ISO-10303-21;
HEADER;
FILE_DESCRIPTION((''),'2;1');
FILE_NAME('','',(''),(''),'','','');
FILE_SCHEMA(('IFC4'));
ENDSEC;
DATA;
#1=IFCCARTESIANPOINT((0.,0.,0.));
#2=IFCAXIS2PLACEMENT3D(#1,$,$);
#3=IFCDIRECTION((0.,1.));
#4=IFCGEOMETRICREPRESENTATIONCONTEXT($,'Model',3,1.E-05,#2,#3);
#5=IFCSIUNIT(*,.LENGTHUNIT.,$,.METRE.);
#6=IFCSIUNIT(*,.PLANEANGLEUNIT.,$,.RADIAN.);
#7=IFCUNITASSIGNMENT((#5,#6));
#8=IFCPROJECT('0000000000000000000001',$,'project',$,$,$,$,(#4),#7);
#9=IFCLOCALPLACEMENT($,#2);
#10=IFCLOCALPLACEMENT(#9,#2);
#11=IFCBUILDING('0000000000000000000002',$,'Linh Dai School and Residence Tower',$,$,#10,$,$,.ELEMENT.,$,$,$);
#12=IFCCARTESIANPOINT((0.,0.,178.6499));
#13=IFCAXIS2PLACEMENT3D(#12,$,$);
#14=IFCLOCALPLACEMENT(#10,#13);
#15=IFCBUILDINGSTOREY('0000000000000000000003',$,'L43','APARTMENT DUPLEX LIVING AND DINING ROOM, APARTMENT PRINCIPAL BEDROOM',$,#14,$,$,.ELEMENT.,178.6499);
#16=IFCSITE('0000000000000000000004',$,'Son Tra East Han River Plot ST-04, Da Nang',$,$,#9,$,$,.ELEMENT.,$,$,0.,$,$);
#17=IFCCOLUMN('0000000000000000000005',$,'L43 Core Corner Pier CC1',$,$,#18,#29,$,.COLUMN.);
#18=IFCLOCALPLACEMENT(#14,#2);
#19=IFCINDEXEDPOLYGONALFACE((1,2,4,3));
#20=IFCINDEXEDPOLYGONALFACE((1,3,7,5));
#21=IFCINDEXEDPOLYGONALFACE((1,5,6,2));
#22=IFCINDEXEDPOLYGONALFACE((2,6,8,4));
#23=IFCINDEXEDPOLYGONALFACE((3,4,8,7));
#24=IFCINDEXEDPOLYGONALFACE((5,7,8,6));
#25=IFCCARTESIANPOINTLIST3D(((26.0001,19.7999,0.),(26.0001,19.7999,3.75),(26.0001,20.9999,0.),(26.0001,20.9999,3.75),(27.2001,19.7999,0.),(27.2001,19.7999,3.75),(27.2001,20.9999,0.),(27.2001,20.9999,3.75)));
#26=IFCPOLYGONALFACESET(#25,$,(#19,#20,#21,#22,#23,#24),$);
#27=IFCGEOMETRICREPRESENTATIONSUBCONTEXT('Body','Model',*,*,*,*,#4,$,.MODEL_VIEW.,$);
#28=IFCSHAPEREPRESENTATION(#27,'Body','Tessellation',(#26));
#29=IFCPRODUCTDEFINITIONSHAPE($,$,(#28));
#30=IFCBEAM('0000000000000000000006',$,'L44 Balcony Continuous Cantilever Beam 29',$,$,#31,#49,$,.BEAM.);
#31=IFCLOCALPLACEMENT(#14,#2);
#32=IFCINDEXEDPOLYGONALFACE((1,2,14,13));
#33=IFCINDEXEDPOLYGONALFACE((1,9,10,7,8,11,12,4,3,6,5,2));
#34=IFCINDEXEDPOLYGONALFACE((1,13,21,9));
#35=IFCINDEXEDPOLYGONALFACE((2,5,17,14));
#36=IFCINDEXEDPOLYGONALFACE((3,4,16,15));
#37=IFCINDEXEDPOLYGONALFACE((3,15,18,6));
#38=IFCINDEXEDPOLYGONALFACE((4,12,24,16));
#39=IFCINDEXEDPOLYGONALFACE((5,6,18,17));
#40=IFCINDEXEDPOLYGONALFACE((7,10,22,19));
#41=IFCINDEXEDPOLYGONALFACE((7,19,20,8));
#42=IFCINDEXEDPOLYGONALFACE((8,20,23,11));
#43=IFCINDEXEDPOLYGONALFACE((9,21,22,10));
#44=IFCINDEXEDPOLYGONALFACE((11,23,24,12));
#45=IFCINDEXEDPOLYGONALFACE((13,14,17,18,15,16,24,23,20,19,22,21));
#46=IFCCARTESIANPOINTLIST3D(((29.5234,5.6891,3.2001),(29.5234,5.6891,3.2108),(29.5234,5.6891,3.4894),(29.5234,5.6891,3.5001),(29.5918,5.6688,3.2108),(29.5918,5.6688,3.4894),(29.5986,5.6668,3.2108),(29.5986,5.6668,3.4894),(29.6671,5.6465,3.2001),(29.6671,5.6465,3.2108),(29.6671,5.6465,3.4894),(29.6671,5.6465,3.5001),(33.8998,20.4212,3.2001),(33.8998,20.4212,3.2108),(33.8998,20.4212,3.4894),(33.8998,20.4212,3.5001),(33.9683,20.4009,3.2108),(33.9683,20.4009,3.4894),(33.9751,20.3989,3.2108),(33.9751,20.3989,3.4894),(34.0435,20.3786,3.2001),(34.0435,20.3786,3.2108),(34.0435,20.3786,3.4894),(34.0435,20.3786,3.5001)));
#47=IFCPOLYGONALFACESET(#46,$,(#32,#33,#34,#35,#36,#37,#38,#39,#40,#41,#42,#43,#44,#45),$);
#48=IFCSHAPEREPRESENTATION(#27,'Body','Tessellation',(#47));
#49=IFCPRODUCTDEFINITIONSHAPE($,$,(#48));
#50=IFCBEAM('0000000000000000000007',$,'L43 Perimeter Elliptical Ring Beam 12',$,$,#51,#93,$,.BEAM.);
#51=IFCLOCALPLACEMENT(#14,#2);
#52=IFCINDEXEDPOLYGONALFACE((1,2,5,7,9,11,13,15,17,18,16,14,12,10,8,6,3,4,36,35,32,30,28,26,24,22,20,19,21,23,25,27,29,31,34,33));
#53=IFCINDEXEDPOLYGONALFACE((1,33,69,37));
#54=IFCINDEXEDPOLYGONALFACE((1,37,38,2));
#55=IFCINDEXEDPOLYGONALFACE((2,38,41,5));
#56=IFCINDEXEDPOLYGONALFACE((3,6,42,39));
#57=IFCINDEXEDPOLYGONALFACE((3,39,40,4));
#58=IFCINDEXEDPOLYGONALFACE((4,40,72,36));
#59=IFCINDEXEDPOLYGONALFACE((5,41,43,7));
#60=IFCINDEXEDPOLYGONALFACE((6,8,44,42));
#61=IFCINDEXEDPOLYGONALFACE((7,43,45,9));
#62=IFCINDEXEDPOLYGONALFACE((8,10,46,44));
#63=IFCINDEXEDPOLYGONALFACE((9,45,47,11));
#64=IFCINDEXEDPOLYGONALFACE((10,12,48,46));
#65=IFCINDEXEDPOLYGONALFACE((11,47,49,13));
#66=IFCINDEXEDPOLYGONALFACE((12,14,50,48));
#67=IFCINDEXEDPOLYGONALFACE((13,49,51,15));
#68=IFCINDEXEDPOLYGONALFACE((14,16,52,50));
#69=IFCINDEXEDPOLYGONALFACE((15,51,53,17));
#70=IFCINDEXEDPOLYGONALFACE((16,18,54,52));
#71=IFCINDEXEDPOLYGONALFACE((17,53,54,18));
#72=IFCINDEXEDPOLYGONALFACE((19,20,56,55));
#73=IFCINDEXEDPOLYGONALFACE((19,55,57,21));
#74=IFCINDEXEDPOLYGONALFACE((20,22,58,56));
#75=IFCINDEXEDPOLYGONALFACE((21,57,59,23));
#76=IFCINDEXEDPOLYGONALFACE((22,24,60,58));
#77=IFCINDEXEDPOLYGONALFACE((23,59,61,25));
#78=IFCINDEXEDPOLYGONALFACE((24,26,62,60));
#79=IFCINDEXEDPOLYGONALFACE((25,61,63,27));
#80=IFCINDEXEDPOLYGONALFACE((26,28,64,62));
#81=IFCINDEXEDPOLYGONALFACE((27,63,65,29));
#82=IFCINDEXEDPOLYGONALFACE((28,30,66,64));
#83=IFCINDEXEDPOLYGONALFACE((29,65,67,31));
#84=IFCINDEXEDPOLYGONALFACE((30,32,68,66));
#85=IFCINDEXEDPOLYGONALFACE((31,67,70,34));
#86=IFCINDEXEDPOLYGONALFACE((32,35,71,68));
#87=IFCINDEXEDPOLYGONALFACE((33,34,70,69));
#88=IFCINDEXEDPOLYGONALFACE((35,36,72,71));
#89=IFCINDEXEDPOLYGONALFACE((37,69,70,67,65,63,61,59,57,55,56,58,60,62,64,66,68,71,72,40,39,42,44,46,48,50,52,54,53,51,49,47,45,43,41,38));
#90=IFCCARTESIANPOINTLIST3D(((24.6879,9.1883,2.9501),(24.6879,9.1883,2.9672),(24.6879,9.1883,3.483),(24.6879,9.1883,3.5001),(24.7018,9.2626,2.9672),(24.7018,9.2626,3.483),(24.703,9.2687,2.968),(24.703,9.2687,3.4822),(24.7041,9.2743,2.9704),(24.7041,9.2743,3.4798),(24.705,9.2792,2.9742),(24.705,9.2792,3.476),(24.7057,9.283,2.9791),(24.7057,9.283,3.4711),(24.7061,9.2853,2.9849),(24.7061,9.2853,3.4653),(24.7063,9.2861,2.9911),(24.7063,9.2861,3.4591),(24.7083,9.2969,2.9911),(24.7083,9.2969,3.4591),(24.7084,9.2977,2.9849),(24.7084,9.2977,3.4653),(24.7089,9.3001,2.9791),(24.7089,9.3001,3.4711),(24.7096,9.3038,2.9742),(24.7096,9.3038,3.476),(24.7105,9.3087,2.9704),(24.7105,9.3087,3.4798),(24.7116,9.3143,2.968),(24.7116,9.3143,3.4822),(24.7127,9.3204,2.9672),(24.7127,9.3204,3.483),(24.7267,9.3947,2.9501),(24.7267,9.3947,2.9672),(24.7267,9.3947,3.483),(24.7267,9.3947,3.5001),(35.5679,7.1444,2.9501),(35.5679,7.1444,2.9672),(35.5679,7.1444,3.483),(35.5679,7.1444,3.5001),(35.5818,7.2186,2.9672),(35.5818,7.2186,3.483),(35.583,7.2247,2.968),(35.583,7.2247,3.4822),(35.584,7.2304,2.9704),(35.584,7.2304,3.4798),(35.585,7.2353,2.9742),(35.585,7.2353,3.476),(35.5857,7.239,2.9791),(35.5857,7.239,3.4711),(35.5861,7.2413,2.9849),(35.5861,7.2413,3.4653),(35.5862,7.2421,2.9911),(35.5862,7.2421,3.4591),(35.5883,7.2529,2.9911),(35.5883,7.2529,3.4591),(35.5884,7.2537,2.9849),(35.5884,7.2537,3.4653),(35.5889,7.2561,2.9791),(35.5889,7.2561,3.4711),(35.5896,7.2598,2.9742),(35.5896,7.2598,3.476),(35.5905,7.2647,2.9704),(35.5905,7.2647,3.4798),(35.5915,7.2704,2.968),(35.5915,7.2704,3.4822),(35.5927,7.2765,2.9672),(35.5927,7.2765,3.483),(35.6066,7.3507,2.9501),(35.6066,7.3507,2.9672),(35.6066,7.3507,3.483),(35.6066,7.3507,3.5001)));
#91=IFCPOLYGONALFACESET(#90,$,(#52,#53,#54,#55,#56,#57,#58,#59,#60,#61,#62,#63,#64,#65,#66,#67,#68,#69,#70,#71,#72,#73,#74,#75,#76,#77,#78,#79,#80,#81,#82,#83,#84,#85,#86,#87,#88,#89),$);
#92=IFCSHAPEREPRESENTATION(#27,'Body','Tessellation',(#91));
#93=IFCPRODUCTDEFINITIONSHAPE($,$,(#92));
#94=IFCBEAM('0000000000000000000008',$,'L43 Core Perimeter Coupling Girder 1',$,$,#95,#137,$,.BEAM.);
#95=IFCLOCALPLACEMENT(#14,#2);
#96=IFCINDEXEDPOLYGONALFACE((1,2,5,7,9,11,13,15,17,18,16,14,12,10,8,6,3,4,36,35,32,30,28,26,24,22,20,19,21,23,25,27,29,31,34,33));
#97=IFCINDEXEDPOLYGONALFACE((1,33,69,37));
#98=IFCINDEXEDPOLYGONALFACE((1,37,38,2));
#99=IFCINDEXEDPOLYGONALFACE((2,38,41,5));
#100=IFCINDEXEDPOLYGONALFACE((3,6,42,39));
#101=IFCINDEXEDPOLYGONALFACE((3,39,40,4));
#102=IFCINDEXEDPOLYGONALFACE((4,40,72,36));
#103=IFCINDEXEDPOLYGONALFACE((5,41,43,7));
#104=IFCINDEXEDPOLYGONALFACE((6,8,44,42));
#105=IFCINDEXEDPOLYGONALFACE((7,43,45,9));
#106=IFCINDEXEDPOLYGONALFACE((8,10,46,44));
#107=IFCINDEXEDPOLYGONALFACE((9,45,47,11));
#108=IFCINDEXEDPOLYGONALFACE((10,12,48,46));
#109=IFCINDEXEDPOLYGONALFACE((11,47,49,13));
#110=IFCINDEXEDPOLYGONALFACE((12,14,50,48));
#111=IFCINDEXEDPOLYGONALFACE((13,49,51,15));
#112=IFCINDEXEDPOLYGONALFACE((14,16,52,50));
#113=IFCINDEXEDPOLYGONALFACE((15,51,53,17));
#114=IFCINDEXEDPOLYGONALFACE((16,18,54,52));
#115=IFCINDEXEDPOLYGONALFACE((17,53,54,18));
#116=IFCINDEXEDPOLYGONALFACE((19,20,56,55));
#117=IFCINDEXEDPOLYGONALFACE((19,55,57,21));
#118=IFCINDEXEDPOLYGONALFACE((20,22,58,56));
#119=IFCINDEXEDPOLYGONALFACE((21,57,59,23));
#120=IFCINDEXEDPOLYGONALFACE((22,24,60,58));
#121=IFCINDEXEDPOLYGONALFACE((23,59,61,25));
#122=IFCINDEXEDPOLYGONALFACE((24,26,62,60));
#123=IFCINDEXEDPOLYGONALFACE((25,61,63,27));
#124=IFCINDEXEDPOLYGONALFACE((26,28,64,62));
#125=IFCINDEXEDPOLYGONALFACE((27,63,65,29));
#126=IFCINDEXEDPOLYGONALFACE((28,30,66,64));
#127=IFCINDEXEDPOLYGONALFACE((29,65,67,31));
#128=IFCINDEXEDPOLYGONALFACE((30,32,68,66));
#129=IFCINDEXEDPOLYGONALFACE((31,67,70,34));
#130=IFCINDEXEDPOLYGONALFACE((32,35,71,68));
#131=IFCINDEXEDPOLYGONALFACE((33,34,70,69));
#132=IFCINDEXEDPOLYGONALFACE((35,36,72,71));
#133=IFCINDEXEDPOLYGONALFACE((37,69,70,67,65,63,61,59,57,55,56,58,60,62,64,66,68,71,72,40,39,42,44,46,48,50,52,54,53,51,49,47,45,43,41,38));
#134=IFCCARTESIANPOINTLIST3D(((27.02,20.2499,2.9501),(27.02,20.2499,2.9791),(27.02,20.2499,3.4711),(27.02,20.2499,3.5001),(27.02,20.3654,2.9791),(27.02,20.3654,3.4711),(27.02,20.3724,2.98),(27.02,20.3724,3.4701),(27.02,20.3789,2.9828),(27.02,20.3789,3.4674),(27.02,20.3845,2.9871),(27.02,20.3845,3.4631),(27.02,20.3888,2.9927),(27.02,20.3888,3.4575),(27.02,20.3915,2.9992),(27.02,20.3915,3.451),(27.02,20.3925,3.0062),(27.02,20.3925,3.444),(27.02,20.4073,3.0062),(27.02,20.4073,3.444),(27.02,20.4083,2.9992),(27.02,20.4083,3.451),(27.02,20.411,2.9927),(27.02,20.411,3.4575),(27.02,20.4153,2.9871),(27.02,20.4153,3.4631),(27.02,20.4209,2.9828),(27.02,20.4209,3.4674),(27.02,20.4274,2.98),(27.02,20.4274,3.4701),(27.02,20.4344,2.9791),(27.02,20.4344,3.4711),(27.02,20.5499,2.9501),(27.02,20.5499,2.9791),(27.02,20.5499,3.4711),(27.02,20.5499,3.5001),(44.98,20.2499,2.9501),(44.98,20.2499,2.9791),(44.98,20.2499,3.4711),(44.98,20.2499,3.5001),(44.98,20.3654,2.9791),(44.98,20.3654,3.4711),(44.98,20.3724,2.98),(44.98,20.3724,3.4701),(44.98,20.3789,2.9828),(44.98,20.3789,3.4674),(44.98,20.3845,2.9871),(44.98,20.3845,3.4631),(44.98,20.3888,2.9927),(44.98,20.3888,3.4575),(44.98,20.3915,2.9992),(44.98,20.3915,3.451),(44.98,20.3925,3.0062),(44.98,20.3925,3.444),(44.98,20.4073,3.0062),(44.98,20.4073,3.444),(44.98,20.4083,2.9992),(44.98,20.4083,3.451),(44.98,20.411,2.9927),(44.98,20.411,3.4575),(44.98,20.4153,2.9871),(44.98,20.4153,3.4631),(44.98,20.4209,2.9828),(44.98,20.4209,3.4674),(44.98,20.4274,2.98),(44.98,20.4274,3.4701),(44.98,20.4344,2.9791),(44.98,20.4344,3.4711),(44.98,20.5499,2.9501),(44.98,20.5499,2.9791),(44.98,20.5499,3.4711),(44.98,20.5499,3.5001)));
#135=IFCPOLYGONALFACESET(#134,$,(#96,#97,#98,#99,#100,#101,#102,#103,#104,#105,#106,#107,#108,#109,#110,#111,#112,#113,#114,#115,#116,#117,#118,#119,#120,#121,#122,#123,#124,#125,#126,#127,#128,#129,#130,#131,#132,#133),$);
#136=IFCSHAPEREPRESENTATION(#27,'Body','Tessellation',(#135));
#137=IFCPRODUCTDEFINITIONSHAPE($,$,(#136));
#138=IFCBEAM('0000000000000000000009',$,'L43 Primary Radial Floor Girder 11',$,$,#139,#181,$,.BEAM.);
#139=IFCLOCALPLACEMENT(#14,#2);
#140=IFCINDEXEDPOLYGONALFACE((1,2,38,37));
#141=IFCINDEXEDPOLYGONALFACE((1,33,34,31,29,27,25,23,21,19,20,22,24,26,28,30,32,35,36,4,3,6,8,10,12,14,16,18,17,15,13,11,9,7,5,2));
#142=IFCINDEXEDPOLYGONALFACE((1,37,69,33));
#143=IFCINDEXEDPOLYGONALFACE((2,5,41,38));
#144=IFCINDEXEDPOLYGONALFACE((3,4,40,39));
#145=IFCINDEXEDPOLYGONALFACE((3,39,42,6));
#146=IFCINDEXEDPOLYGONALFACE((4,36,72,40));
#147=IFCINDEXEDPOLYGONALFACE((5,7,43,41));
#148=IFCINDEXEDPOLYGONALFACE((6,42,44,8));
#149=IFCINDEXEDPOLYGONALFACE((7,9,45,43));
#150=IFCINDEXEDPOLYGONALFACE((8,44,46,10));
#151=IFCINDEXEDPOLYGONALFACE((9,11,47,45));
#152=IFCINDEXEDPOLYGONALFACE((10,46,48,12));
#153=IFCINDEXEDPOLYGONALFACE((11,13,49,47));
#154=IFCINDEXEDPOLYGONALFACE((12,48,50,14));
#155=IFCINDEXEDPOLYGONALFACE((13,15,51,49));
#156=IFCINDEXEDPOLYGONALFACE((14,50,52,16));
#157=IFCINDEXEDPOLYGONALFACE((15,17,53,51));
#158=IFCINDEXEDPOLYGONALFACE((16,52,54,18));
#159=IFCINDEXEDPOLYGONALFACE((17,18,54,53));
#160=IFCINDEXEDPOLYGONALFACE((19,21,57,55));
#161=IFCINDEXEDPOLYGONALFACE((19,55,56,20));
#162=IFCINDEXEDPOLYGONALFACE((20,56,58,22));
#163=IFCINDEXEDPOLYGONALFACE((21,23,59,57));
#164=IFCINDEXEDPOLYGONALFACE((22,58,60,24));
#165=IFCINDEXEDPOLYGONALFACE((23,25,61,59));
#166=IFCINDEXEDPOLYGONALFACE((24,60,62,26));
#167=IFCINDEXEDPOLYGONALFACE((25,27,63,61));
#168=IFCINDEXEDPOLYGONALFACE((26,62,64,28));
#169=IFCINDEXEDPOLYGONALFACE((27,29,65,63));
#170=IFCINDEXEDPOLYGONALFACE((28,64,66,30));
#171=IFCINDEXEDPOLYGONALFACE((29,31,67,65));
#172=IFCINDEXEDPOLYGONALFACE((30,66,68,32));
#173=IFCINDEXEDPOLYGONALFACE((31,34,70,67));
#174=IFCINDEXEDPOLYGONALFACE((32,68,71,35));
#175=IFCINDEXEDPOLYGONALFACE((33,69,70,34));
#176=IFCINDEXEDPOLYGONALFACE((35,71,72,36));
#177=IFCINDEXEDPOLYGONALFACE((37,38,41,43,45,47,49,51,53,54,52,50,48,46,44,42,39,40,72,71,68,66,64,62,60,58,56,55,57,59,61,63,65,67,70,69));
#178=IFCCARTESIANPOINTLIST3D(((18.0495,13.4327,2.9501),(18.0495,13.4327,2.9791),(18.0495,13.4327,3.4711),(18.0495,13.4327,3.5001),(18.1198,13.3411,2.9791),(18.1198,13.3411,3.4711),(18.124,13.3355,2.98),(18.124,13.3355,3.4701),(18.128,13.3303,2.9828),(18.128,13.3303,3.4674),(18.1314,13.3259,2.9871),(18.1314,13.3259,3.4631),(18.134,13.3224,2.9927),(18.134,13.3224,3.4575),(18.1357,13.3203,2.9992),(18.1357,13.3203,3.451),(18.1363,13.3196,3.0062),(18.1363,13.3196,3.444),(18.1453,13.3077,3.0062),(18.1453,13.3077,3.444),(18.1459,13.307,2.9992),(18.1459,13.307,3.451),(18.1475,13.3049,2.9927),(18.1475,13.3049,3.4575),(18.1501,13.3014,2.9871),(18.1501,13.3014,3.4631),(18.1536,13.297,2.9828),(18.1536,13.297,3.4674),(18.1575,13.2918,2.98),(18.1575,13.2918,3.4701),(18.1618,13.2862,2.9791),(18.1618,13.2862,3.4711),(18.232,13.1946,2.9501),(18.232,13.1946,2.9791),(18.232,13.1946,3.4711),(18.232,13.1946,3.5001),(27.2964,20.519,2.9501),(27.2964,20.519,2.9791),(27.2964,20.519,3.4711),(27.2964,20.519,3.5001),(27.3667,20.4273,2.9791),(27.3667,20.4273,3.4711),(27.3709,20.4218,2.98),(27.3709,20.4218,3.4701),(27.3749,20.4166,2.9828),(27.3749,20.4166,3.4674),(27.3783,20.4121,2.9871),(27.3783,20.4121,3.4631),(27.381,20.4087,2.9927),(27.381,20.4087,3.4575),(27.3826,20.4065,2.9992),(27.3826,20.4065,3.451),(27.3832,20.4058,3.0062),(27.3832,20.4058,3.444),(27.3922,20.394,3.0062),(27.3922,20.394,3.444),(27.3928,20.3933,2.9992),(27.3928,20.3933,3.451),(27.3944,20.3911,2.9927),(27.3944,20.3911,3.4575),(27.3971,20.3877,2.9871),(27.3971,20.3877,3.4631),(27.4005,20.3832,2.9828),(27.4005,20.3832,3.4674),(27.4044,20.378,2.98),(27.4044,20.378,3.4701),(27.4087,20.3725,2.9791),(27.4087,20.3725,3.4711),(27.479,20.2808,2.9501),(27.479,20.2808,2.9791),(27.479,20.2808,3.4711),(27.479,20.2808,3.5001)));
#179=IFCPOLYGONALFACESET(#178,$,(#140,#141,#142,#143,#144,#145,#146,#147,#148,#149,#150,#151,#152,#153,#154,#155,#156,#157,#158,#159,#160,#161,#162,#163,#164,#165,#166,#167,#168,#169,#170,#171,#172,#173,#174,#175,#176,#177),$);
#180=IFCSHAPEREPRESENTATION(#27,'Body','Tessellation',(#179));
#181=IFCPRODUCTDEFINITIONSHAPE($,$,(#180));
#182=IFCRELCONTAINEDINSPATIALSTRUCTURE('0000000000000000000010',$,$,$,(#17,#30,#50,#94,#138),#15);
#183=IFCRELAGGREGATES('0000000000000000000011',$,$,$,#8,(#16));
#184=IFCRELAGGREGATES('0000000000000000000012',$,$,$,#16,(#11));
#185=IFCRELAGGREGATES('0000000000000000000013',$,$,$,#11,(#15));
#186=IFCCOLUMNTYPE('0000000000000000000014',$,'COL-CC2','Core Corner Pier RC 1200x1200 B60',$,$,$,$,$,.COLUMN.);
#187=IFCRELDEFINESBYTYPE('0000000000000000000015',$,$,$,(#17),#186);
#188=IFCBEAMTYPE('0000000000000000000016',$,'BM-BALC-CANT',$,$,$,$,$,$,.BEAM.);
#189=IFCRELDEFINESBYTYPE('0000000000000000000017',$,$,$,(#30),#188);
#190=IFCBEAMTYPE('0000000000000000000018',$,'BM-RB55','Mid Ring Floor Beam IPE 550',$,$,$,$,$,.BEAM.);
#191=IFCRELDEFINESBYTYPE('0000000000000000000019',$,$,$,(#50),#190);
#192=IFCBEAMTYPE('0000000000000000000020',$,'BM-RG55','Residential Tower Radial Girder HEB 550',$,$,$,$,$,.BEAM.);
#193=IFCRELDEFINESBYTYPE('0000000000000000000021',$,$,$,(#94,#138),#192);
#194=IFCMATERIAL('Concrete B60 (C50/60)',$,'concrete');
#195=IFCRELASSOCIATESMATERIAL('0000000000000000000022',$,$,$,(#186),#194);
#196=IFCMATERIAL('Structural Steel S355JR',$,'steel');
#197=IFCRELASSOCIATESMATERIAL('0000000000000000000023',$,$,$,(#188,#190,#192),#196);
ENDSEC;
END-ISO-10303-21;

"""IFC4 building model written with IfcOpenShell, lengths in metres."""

from ifc_helpers import new_model, si_unit, direction, frame, origin, origin_2d, place, context, subcontext, project, spatial, rectangle, i_section, extrude, material, material_profile, profile_set, type_object, element, save


model = new_model("IFC4")

# Units and contexts
model_context = context("Model", 3, precision=1e-05, world=origin(), true_north=direction((0.0, 1.0)))
body_context = subcontext(model_context, "Body", "Model", "MODEL_VIEW")
ifc_project = project(units=[si_unit("LENGTHUNIT", "METRE"), si_unit("PLANEANGLEUNIT", "RADIAN")], contexts=[model_context])

# Site, building, storey
site_placement = place(None, origin())
site = spatial("IfcSite", under=ifc_project, at=site_placement, Name="Son Tra East Han River Plot ST-04, Da Nang", CompositionType="ELEMENT", RefElevation=0.0)
building_placement = place(site_placement, origin())
building = spatial("IfcBuilding", under=site, at=building_placement, Name="Linh Dai School and Residence Tower", CompositionType="ELEMENT")
storey_placement = place(building_placement, frame((0.0, 0.0, 178.6499)))
storey = spatial("IfcBuildingStorey", under=building, at=storey_placement, Name="L43", Description="APARTMENT DUPLEX LIVING AND DINING ROOM, APARTMENT PRINCIPAL BEDROOM", CompositionType="ELEMENT", Elevation=178.6499)

# Column
ifc_material_1 = material(Name="Concrete B60 (C50/60)", Category="concrete")
ifc_material_profile_1 = material_profile(ifc_material_1, rectangle(XDim=1.2, YDim=1.2, at=origin_2d()), Name="RC 1200x1200")
ifc_profile_set_1 = profile_set([ifc_material_profile_1], Name="Concrete B60 (C50/60)")
column_type = type_object("IfcColumnType", Name="COL-CC2", Description="Core Corner Pier RC 1200x1200 B60", PredefinedType="COLUMN", material=ifc_profile_set_1)
column_placement = place(storey_placement, frame((26.6001, 20.3999, 0.0), z_axis=(0.0, 0.0, 1.0), x_axis=(1.0, 0.0, 0.0)))
element("IfcColumn", 1, at=column_placement, inside=storey, type_object=column_type, Name="L43 Core Corner Pier CC1", PredefinedType="COLUMN", context=body_context, shape_type="SweptSolid", body=[
    extrude(rectangle(XDim=1.2, YDim=1.2, at=origin_2d()), origin(), (0.0, 0.0, 1.0), 3.75),
])

# Beams
ifc_material_2 = material(Name="Structural Steel S355JR", Category="steel")
ifc_material_profile_2 = material_profile(ifc_material_2, i_section(OverallWidth=0.1499, OverallDepth=0.3, WebThickness=0.0071, FlangeThickness=0.0107, at=origin_2d()), Name="IPE 300")
ifc_profile_set_2 = profile_set([ifc_material_profile_2], Name="Structural Steel S355JR")
beam_type_1 = type_object("IfcBeamType", Name="BM-BALC-CANT", PredefinedType="BEAM", material=ifc_profile_set_2)
beam_1_placement = place(storey_placement, frame((33.9717, 20.3999, 3.3501), z_axis=(-0.284769, -0.958596, 0.0), x_axis=(0.958596, -0.284769, 0.0)))
element("IfcBeam", 2, at=beam_1_placement, inside=storey, type_object=beam_type_1, Name="L44 Balcony Continuous Cantilever Beam 29", PredefinedType="BEAM", context=body_context, shape_type="SweptSolid", body=[
    extrude(i_section(OverallWidth=0.1499, OverallDepth=0.3, WebThickness=0.0071, FlangeThickness=0.0107, at=origin_2d()), origin(), (0.0, 0.0, 1.0), 15.3684),
])
ifc_material_profile_3 = material_profile(ifc_material_2, i_section(OverallWidth=0.21, OverallDepth=0.55, WebThickness=0.011, FlangeThickness=0.0171, FilletRadius=0.0239, at=origin_2d()), Name="IPE 550")
ifc_profile_set_3 = profile_set([ifc_material_profile_3], Name="Structural Steel S355JR")
beam_type_2 = type_object("IfcBeamType", Name="BM-RB55", Description="Mid Ring Floor Beam IPE 550", PredefinedType="BEAM", material=ifc_profile_set_3)
beam_2_placement = place(storey_placement, frame((24.7073, 9.2915, 3.2251), z_axis=(0.982807, -0.184635, 0.0), x_axis=(0.184635, 0.982807, 0.0)))
element("IfcBeam", 3, at=beam_2_placement, inside=storey, type_object=beam_type_2, Name="L43 Perimeter Elliptical Ring Beam 12", PredefinedType="BEAM", context=body_context, shape_type="SweptSolid", body=[
    extrude(i_section(OverallWidth=0.21, OverallDepth=0.55, WebThickness=0.011, FlangeThickness=0.0171, FilletRadius=0.0239, at=origin_2d()), origin(), (0.0, 0.0, 1.0), 11.0703),
])
ifc_material_profile_4 = material_profile(ifc_material_2, i_section(OverallWidth=0.3, OverallDepth=0.55, WebThickness=0.0149, FlangeThickness=0.0291, FilletRadius=0.0271, at=origin_2d()), Name="HEB 550")
ifc_profile_set_4 = profile_set([ifc_material_profile_4], Name="Structural Steel S355JR")
beam_type_3 = type_object("IfcBeamType", Name="BM-RG55", Description="Residential Tower Radial Girder HEB 550", PredefinedType="BEAM", material=ifc_profile_set_4)
beam_3_placement = place(storey_placement, frame((27.02, 20.3999, 3.2251), z_axis=(1.0, 0.0, 0.0), x_axis=(0.0, 1.0, 0.0)))
element("IfcBeam", 4, at=beam_3_placement, inside=storey, type_object=beam_type_3, Name="L43 Core Perimeter Coupling Girder 1", PredefinedType="BEAM", context=body_context, shape_type="SweptSolid", body=[
    extrude(i_section(OverallWidth=0.3, OverallDepth=0.55, WebThickness=0.0149, FlangeThickness=0.0291, FilletRadius=0.0271, at=origin_2d()), origin(), (0.0, 0.0, 1.0), 17.96),
])
beam_4_placement = place(storey_placement, frame((27.3877, 20.3999, 3.2251), z_axis=(-0.793733, -0.608267, 0.0), x_axis=(0.608267, -0.793733, 0.0)))
element("IfcBeam", 5, at=beam_4_placement, inside=storey, type_object=beam_type_3, Name="L43 Primary Radial Floor Girder 11", PredefinedType="BEAM", context=body_context, shape_type="SweptSolid", body=[
    extrude(i_section(OverallWidth=0.3, OverallDepth=0.55, WebThickness=0.0149, FlangeThickness=0.0291, FilletRadius=0.0271, at=origin_2d()), origin(), (0.0, 0.0, 1.0), 11.6499),
])

save(model, "model.ifc")
